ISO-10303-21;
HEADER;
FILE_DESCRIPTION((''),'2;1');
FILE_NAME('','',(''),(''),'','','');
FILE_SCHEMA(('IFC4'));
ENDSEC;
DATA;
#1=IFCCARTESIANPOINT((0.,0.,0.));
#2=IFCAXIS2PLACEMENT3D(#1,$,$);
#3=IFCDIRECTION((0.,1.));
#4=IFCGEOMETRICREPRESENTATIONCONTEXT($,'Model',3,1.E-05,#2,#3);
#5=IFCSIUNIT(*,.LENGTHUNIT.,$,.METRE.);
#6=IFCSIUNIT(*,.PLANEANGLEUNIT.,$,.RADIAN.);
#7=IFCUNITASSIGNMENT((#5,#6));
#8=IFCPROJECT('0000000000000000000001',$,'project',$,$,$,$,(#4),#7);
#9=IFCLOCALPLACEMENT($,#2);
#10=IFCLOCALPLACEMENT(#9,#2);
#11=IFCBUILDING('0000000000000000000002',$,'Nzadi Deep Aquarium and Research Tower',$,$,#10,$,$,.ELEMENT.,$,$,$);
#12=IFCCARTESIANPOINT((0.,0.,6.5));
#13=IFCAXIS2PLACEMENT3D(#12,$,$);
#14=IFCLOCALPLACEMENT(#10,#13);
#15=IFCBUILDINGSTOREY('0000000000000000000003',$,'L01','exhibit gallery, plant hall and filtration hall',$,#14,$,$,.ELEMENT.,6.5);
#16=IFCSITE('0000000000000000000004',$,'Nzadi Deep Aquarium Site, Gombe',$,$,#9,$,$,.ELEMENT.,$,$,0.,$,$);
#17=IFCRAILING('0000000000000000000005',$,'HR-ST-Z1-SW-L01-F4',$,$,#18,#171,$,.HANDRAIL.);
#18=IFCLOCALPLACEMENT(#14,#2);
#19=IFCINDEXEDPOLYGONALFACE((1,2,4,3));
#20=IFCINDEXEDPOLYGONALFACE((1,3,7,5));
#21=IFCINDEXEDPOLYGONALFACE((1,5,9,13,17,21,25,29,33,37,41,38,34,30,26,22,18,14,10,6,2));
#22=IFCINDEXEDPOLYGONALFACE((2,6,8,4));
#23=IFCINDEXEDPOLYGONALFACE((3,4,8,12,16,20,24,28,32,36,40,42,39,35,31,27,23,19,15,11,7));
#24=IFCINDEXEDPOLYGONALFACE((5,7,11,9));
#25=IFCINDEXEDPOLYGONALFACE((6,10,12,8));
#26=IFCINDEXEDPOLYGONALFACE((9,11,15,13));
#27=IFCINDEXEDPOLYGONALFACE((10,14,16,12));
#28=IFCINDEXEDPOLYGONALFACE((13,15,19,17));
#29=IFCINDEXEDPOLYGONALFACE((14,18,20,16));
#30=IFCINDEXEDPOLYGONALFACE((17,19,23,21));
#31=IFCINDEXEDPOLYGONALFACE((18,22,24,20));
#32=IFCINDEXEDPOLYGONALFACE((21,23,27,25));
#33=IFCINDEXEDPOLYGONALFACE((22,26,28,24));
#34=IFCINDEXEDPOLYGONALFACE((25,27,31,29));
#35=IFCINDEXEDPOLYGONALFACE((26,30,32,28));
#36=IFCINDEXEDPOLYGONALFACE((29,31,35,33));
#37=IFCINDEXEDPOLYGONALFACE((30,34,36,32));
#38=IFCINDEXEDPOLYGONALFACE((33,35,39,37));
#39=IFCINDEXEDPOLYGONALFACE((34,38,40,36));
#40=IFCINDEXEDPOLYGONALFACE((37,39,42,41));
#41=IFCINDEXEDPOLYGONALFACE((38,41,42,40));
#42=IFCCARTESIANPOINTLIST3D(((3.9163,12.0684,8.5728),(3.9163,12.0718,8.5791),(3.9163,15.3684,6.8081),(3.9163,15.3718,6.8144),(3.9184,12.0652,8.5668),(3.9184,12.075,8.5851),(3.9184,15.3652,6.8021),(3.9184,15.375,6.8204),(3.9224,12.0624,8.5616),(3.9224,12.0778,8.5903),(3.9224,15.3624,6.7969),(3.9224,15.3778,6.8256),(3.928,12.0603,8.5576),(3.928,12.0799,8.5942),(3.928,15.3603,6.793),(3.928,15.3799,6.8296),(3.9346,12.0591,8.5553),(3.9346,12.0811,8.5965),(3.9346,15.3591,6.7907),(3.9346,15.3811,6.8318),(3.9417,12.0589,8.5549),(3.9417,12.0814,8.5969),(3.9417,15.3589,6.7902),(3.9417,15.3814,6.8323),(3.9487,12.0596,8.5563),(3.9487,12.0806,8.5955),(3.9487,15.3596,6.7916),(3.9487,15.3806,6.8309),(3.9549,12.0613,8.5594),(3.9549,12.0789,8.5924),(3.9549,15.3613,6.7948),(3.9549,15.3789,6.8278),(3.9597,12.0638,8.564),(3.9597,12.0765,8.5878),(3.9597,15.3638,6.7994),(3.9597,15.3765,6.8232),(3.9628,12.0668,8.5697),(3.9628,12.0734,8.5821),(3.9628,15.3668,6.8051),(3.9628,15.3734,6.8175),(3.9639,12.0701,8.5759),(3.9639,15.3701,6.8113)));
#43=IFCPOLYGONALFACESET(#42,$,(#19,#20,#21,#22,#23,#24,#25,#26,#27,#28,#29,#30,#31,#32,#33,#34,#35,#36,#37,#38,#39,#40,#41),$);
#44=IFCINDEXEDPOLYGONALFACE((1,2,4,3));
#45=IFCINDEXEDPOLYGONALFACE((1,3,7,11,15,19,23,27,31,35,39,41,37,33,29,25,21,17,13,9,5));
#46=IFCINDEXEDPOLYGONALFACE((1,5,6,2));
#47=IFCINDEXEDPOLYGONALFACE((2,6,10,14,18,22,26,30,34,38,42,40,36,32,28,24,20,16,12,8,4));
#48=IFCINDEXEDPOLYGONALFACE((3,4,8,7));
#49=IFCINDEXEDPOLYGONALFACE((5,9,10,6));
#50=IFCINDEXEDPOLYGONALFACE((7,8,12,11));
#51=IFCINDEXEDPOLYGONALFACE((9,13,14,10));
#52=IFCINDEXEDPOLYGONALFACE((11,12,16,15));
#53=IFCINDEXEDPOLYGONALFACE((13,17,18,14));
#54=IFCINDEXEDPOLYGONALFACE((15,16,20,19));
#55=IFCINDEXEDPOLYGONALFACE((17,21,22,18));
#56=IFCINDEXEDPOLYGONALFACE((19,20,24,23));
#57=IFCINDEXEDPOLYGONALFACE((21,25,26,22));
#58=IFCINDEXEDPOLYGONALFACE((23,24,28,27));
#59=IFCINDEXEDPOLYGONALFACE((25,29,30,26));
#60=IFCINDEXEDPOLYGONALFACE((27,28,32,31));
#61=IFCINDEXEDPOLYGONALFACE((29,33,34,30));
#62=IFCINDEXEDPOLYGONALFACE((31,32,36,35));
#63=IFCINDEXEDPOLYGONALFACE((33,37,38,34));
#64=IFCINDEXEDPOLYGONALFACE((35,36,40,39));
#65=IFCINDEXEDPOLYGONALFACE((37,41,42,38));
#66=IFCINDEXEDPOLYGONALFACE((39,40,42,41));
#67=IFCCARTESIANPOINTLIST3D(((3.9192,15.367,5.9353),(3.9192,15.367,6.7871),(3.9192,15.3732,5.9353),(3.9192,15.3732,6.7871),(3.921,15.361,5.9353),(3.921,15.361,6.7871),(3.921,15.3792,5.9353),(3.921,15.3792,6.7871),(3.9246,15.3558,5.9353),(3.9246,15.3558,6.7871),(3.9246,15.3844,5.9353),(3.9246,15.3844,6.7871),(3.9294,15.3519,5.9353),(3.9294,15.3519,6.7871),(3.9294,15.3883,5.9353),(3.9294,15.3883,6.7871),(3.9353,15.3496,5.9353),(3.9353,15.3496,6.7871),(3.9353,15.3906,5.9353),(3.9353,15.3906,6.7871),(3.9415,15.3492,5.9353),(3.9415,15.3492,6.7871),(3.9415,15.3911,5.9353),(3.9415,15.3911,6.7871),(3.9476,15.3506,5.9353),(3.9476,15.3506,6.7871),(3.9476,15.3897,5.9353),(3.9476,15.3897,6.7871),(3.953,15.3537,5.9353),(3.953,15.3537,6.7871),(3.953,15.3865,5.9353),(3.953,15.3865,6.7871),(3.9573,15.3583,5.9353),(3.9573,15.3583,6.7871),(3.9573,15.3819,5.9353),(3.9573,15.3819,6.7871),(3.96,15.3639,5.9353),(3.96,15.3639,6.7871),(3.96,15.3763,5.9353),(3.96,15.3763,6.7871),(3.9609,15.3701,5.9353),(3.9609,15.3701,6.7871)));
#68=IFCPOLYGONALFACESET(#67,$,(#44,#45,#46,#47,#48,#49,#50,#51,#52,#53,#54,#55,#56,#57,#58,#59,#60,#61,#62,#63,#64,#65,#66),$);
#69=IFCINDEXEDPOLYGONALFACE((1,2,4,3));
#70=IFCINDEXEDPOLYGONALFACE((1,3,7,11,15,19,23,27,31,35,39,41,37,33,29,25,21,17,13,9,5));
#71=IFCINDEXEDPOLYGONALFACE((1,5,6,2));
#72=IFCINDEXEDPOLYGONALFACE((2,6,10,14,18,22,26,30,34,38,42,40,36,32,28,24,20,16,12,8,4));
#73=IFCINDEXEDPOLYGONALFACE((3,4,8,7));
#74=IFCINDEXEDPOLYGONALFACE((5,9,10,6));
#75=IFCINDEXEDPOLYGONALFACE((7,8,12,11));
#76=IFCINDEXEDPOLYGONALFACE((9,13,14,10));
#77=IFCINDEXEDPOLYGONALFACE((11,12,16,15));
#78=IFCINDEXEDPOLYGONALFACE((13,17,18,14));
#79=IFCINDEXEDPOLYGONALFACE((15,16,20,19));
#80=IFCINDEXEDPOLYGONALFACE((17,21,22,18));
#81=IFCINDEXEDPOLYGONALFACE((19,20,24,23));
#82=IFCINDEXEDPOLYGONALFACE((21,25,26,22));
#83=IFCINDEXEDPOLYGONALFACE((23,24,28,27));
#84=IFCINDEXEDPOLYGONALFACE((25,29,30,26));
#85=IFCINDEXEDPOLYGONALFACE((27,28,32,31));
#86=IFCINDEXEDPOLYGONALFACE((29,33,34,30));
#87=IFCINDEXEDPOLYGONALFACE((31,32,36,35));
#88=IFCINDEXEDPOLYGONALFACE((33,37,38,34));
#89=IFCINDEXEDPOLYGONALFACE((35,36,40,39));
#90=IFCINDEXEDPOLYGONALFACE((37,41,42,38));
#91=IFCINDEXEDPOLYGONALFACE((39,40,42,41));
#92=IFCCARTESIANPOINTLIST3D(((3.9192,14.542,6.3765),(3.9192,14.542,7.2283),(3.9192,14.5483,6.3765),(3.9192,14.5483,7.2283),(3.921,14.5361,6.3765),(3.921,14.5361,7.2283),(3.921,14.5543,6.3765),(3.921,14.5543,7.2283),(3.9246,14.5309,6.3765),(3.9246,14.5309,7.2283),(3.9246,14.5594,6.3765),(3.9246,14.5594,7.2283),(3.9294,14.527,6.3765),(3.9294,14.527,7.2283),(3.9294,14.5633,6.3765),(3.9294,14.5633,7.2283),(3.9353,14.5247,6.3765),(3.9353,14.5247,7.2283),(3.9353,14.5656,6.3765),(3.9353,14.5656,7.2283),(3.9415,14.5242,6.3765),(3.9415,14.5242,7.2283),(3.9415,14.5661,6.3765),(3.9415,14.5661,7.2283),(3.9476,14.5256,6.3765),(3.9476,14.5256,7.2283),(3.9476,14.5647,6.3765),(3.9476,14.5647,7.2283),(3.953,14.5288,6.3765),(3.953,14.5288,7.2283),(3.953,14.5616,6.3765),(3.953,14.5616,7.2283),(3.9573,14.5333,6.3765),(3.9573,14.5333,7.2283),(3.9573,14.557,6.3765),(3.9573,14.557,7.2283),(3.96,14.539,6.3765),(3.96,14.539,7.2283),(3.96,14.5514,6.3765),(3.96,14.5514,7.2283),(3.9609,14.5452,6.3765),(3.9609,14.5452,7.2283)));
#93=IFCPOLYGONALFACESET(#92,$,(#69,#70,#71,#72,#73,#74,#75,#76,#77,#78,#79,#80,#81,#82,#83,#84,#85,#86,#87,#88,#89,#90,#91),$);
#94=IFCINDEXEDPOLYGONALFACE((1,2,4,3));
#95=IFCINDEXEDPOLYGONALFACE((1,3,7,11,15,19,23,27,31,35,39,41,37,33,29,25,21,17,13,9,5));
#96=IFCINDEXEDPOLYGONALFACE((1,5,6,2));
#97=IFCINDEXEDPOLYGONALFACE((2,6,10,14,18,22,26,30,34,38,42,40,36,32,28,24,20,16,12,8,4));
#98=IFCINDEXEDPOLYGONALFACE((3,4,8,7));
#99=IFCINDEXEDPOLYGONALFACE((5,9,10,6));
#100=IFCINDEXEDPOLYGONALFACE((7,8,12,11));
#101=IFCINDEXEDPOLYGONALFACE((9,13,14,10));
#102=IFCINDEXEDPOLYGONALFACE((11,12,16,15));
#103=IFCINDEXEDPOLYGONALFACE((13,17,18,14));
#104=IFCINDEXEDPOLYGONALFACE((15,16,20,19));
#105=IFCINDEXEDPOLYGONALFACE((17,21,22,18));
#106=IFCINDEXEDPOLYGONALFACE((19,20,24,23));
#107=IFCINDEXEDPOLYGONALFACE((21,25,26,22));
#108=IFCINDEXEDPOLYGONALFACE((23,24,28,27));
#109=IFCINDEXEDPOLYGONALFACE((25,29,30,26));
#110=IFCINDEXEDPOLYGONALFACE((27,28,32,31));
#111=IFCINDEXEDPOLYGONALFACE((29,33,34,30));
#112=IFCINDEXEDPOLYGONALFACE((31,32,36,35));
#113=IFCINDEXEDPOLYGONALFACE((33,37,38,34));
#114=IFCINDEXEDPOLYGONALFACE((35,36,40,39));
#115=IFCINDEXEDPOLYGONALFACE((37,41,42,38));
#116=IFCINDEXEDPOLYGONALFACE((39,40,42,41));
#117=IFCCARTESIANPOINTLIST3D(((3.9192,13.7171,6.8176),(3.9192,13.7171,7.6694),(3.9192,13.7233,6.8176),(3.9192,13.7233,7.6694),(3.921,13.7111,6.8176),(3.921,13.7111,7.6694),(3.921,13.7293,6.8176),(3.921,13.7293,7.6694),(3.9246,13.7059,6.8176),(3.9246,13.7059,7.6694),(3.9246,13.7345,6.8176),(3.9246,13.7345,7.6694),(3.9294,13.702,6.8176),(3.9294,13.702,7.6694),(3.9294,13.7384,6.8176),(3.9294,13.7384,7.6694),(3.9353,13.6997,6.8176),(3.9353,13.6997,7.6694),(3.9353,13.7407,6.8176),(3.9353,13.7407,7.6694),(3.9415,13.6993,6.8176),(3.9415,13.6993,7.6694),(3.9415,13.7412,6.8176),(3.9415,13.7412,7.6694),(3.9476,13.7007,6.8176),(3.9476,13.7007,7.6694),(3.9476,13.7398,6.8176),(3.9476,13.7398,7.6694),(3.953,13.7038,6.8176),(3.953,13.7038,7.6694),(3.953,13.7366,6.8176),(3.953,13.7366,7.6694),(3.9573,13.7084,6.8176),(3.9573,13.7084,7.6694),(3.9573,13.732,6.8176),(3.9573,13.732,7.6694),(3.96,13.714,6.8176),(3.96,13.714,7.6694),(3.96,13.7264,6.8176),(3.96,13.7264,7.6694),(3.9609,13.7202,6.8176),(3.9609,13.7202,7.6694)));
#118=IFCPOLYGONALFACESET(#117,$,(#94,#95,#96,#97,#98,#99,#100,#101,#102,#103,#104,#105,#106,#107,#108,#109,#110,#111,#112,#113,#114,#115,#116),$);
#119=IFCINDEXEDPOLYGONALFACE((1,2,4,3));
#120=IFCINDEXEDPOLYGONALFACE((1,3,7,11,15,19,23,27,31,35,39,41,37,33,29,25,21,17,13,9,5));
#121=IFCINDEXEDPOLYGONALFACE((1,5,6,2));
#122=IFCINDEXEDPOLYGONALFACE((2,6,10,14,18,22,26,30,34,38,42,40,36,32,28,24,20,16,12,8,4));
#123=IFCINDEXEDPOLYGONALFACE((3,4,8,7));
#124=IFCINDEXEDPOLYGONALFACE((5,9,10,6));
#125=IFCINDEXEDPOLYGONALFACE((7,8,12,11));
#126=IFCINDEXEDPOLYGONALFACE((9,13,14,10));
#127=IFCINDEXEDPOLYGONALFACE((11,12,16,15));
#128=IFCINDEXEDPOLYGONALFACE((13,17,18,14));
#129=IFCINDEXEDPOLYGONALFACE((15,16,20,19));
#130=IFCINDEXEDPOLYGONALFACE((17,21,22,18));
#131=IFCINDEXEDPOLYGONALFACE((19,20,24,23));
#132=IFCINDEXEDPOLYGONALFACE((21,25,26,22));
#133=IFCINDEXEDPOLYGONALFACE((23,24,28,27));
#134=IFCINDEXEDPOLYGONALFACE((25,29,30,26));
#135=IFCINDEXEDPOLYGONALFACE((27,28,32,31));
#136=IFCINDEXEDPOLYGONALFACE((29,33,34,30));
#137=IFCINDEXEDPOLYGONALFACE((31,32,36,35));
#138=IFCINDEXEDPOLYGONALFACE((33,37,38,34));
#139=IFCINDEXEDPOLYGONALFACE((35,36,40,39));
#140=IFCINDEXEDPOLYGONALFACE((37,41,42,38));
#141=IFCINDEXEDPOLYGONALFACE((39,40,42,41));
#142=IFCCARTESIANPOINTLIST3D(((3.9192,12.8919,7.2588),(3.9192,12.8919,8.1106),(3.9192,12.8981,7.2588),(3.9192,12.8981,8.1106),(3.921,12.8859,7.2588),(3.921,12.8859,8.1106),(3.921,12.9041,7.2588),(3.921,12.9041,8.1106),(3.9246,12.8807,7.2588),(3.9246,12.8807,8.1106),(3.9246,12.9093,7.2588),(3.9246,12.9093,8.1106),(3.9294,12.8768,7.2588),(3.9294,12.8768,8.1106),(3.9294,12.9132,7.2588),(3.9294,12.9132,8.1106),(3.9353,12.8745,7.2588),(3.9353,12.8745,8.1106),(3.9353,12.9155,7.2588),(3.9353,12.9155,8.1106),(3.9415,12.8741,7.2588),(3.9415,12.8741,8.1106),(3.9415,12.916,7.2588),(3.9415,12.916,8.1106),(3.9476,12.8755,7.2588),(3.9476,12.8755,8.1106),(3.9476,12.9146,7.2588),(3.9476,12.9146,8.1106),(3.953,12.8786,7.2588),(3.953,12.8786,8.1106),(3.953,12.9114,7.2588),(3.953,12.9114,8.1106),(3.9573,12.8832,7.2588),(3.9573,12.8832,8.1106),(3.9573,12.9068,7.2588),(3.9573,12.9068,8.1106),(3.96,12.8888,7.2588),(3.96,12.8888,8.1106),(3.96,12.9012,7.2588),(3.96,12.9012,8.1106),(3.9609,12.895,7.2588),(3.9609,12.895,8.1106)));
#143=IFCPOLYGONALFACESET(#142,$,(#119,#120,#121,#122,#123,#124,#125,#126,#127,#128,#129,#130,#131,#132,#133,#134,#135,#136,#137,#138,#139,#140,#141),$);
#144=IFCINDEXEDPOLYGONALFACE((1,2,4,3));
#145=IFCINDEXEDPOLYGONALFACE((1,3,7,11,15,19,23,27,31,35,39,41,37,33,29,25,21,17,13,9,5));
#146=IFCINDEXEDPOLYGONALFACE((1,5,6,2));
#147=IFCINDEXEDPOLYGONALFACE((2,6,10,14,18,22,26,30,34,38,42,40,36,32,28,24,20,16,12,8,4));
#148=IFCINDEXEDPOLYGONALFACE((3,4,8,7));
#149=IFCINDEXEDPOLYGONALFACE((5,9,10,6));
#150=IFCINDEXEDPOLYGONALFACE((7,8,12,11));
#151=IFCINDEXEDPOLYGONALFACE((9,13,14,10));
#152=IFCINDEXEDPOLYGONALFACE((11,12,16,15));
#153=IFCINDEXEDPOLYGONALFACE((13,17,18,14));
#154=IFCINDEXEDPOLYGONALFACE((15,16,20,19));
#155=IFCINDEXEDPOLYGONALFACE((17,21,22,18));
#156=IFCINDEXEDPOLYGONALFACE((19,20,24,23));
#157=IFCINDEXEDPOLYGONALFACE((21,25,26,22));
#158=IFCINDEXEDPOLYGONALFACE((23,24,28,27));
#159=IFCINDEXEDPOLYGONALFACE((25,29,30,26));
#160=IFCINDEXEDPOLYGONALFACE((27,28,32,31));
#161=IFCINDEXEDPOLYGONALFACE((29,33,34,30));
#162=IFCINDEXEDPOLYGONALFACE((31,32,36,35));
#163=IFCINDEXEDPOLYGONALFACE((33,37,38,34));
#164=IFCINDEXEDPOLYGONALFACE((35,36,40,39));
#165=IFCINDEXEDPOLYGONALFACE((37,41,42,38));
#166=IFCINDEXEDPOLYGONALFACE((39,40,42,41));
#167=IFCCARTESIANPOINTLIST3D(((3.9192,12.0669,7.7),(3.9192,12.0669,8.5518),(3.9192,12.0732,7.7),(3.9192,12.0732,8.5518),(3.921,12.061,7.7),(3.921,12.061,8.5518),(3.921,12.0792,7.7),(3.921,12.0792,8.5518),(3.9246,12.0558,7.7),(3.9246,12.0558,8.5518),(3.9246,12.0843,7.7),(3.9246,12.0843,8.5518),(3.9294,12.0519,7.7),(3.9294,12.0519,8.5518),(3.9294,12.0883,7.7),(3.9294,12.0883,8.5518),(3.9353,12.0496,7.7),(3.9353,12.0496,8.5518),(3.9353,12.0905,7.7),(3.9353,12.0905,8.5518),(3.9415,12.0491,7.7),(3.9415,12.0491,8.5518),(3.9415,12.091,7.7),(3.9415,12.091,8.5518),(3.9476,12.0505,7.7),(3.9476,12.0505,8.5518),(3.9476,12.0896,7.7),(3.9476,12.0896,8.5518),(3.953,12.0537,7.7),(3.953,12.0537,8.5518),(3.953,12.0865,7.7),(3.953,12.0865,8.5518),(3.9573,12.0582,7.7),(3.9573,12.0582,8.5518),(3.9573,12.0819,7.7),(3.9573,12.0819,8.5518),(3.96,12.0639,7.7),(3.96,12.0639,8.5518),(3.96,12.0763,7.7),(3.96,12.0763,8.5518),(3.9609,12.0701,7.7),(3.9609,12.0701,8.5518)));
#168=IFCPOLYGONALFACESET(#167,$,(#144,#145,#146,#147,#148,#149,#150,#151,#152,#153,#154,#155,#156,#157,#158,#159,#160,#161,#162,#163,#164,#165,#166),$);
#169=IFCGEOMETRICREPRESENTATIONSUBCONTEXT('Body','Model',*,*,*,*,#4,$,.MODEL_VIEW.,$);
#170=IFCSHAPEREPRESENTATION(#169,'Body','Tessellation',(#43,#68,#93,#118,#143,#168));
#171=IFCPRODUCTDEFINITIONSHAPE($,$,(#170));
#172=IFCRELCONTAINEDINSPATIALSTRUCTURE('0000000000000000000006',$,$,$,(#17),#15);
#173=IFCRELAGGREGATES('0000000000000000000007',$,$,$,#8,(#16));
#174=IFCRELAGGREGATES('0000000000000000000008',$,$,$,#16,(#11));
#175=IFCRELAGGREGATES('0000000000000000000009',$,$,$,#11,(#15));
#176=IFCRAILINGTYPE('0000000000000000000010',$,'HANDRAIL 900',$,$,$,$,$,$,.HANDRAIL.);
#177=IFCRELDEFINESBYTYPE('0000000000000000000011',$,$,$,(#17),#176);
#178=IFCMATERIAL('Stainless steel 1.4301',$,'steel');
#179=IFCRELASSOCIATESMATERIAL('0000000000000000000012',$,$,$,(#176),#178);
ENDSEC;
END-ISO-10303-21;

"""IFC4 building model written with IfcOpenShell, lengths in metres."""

from ifc_helpers import new_model, si_unit, direction, frame, origin, origin_2d, place, context, subcontext, project, spatial, circle, extrude, material, type_object, element, save


model = new_model("IFC4")

# Units and contexts
model_context = context("Model", 3, precision=1e-05, world=origin(), true_north=direction((0.0, 1.0)))
body_context = subcontext(model_context, "Body", "Model", "MODEL_VIEW")
ifc_project = project(units=[si_unit("LENGTHUNIT", "METRE"), si_unit("PLANEANGLEUNIT", "RADIAN")], contexts=[model_context])

# Site, building, storey
site_placement = place(None, origin())
site = spatial("IfcSite", under=ifc_project, at=site_placement, Name="Nzadi Deep Aquarium Site, Gombe", CompositionType="ELEMENT", RefElevation=0.0)
building_placement = place(site_placement, origin())
building = spatial("IfcBuilding", under=site, at=building_placement, Name="Nzadi Deep Aquarium and Research Tower", CompositionType="ELEMENT")
storey_placement = place(building_placement, frame((0.0, 0.0, 6.5)))
storey = spatial("IfcBuildingStorey", under=building, at=storey_placement, Name="L01", Description="exhibit gallery, plant hall and filtration hall", CompositionType="ELEMENT", Elevation=6.5)

# Railing
ifc_material_1 = material(Name="Stainless steel 1.4301", Category="steel")
railing_type = type_object("IfcRailingType", Name="HANDRAIL 900", PredefinedType="HANDRAIL", material=ifc_material_1)
for number, where, name in (
    (1, (3.9399, 15.3701, 5.9353), "HR-ST-Z1-SW-L01-F4"),
):
    element("IfcRailing", number, at=place(storey_placement, frame(where)), inside=storey, type_object=railing_type, Name=name, PredefinedType="HANDRAIL", context=body_context, shape_type="SweptSolid", body=[
        extrude(circle(Radius=0.0239, at=origin_2d()), frame((0.0, 0.0, 0.876), z_axis=(0.0, -0.88184, 0.47155), x_axis=(1.0, 0.0, 0.0)), (0.0, 0.0, 1.0), 3.7422),
        extrude(circle(Radius=0.021, at=origin_2d()), origin(), (0.0, 0.0, 1.0), 0.8518),
        extrude(circle(Radius=0.021, at=origin_2d()), frame((0.0, -0.825, 0.4412)), (0.0, 0.0, 1.0), 0.8518),
        extrude(circle(Radius=0.021, at=origin_2d()), frame((0.0, -1.6499, 0.8823)), (0.0, 0.0, 1.0), 0.8518),
        extrude(circle(Radius=0.021, at=origin_2d()), frame((0.0, -2.4751, 1.3235)), (0.0, 0.0, 1.0), 0.8518),
        extrude(circle(Radius=0.021, at=origin_2d()), frame((0.0, -3.3, 1.7646)), (0.0, 0.0, 1.0), 0.8518),
    ])

save(model, "model.ifc")
